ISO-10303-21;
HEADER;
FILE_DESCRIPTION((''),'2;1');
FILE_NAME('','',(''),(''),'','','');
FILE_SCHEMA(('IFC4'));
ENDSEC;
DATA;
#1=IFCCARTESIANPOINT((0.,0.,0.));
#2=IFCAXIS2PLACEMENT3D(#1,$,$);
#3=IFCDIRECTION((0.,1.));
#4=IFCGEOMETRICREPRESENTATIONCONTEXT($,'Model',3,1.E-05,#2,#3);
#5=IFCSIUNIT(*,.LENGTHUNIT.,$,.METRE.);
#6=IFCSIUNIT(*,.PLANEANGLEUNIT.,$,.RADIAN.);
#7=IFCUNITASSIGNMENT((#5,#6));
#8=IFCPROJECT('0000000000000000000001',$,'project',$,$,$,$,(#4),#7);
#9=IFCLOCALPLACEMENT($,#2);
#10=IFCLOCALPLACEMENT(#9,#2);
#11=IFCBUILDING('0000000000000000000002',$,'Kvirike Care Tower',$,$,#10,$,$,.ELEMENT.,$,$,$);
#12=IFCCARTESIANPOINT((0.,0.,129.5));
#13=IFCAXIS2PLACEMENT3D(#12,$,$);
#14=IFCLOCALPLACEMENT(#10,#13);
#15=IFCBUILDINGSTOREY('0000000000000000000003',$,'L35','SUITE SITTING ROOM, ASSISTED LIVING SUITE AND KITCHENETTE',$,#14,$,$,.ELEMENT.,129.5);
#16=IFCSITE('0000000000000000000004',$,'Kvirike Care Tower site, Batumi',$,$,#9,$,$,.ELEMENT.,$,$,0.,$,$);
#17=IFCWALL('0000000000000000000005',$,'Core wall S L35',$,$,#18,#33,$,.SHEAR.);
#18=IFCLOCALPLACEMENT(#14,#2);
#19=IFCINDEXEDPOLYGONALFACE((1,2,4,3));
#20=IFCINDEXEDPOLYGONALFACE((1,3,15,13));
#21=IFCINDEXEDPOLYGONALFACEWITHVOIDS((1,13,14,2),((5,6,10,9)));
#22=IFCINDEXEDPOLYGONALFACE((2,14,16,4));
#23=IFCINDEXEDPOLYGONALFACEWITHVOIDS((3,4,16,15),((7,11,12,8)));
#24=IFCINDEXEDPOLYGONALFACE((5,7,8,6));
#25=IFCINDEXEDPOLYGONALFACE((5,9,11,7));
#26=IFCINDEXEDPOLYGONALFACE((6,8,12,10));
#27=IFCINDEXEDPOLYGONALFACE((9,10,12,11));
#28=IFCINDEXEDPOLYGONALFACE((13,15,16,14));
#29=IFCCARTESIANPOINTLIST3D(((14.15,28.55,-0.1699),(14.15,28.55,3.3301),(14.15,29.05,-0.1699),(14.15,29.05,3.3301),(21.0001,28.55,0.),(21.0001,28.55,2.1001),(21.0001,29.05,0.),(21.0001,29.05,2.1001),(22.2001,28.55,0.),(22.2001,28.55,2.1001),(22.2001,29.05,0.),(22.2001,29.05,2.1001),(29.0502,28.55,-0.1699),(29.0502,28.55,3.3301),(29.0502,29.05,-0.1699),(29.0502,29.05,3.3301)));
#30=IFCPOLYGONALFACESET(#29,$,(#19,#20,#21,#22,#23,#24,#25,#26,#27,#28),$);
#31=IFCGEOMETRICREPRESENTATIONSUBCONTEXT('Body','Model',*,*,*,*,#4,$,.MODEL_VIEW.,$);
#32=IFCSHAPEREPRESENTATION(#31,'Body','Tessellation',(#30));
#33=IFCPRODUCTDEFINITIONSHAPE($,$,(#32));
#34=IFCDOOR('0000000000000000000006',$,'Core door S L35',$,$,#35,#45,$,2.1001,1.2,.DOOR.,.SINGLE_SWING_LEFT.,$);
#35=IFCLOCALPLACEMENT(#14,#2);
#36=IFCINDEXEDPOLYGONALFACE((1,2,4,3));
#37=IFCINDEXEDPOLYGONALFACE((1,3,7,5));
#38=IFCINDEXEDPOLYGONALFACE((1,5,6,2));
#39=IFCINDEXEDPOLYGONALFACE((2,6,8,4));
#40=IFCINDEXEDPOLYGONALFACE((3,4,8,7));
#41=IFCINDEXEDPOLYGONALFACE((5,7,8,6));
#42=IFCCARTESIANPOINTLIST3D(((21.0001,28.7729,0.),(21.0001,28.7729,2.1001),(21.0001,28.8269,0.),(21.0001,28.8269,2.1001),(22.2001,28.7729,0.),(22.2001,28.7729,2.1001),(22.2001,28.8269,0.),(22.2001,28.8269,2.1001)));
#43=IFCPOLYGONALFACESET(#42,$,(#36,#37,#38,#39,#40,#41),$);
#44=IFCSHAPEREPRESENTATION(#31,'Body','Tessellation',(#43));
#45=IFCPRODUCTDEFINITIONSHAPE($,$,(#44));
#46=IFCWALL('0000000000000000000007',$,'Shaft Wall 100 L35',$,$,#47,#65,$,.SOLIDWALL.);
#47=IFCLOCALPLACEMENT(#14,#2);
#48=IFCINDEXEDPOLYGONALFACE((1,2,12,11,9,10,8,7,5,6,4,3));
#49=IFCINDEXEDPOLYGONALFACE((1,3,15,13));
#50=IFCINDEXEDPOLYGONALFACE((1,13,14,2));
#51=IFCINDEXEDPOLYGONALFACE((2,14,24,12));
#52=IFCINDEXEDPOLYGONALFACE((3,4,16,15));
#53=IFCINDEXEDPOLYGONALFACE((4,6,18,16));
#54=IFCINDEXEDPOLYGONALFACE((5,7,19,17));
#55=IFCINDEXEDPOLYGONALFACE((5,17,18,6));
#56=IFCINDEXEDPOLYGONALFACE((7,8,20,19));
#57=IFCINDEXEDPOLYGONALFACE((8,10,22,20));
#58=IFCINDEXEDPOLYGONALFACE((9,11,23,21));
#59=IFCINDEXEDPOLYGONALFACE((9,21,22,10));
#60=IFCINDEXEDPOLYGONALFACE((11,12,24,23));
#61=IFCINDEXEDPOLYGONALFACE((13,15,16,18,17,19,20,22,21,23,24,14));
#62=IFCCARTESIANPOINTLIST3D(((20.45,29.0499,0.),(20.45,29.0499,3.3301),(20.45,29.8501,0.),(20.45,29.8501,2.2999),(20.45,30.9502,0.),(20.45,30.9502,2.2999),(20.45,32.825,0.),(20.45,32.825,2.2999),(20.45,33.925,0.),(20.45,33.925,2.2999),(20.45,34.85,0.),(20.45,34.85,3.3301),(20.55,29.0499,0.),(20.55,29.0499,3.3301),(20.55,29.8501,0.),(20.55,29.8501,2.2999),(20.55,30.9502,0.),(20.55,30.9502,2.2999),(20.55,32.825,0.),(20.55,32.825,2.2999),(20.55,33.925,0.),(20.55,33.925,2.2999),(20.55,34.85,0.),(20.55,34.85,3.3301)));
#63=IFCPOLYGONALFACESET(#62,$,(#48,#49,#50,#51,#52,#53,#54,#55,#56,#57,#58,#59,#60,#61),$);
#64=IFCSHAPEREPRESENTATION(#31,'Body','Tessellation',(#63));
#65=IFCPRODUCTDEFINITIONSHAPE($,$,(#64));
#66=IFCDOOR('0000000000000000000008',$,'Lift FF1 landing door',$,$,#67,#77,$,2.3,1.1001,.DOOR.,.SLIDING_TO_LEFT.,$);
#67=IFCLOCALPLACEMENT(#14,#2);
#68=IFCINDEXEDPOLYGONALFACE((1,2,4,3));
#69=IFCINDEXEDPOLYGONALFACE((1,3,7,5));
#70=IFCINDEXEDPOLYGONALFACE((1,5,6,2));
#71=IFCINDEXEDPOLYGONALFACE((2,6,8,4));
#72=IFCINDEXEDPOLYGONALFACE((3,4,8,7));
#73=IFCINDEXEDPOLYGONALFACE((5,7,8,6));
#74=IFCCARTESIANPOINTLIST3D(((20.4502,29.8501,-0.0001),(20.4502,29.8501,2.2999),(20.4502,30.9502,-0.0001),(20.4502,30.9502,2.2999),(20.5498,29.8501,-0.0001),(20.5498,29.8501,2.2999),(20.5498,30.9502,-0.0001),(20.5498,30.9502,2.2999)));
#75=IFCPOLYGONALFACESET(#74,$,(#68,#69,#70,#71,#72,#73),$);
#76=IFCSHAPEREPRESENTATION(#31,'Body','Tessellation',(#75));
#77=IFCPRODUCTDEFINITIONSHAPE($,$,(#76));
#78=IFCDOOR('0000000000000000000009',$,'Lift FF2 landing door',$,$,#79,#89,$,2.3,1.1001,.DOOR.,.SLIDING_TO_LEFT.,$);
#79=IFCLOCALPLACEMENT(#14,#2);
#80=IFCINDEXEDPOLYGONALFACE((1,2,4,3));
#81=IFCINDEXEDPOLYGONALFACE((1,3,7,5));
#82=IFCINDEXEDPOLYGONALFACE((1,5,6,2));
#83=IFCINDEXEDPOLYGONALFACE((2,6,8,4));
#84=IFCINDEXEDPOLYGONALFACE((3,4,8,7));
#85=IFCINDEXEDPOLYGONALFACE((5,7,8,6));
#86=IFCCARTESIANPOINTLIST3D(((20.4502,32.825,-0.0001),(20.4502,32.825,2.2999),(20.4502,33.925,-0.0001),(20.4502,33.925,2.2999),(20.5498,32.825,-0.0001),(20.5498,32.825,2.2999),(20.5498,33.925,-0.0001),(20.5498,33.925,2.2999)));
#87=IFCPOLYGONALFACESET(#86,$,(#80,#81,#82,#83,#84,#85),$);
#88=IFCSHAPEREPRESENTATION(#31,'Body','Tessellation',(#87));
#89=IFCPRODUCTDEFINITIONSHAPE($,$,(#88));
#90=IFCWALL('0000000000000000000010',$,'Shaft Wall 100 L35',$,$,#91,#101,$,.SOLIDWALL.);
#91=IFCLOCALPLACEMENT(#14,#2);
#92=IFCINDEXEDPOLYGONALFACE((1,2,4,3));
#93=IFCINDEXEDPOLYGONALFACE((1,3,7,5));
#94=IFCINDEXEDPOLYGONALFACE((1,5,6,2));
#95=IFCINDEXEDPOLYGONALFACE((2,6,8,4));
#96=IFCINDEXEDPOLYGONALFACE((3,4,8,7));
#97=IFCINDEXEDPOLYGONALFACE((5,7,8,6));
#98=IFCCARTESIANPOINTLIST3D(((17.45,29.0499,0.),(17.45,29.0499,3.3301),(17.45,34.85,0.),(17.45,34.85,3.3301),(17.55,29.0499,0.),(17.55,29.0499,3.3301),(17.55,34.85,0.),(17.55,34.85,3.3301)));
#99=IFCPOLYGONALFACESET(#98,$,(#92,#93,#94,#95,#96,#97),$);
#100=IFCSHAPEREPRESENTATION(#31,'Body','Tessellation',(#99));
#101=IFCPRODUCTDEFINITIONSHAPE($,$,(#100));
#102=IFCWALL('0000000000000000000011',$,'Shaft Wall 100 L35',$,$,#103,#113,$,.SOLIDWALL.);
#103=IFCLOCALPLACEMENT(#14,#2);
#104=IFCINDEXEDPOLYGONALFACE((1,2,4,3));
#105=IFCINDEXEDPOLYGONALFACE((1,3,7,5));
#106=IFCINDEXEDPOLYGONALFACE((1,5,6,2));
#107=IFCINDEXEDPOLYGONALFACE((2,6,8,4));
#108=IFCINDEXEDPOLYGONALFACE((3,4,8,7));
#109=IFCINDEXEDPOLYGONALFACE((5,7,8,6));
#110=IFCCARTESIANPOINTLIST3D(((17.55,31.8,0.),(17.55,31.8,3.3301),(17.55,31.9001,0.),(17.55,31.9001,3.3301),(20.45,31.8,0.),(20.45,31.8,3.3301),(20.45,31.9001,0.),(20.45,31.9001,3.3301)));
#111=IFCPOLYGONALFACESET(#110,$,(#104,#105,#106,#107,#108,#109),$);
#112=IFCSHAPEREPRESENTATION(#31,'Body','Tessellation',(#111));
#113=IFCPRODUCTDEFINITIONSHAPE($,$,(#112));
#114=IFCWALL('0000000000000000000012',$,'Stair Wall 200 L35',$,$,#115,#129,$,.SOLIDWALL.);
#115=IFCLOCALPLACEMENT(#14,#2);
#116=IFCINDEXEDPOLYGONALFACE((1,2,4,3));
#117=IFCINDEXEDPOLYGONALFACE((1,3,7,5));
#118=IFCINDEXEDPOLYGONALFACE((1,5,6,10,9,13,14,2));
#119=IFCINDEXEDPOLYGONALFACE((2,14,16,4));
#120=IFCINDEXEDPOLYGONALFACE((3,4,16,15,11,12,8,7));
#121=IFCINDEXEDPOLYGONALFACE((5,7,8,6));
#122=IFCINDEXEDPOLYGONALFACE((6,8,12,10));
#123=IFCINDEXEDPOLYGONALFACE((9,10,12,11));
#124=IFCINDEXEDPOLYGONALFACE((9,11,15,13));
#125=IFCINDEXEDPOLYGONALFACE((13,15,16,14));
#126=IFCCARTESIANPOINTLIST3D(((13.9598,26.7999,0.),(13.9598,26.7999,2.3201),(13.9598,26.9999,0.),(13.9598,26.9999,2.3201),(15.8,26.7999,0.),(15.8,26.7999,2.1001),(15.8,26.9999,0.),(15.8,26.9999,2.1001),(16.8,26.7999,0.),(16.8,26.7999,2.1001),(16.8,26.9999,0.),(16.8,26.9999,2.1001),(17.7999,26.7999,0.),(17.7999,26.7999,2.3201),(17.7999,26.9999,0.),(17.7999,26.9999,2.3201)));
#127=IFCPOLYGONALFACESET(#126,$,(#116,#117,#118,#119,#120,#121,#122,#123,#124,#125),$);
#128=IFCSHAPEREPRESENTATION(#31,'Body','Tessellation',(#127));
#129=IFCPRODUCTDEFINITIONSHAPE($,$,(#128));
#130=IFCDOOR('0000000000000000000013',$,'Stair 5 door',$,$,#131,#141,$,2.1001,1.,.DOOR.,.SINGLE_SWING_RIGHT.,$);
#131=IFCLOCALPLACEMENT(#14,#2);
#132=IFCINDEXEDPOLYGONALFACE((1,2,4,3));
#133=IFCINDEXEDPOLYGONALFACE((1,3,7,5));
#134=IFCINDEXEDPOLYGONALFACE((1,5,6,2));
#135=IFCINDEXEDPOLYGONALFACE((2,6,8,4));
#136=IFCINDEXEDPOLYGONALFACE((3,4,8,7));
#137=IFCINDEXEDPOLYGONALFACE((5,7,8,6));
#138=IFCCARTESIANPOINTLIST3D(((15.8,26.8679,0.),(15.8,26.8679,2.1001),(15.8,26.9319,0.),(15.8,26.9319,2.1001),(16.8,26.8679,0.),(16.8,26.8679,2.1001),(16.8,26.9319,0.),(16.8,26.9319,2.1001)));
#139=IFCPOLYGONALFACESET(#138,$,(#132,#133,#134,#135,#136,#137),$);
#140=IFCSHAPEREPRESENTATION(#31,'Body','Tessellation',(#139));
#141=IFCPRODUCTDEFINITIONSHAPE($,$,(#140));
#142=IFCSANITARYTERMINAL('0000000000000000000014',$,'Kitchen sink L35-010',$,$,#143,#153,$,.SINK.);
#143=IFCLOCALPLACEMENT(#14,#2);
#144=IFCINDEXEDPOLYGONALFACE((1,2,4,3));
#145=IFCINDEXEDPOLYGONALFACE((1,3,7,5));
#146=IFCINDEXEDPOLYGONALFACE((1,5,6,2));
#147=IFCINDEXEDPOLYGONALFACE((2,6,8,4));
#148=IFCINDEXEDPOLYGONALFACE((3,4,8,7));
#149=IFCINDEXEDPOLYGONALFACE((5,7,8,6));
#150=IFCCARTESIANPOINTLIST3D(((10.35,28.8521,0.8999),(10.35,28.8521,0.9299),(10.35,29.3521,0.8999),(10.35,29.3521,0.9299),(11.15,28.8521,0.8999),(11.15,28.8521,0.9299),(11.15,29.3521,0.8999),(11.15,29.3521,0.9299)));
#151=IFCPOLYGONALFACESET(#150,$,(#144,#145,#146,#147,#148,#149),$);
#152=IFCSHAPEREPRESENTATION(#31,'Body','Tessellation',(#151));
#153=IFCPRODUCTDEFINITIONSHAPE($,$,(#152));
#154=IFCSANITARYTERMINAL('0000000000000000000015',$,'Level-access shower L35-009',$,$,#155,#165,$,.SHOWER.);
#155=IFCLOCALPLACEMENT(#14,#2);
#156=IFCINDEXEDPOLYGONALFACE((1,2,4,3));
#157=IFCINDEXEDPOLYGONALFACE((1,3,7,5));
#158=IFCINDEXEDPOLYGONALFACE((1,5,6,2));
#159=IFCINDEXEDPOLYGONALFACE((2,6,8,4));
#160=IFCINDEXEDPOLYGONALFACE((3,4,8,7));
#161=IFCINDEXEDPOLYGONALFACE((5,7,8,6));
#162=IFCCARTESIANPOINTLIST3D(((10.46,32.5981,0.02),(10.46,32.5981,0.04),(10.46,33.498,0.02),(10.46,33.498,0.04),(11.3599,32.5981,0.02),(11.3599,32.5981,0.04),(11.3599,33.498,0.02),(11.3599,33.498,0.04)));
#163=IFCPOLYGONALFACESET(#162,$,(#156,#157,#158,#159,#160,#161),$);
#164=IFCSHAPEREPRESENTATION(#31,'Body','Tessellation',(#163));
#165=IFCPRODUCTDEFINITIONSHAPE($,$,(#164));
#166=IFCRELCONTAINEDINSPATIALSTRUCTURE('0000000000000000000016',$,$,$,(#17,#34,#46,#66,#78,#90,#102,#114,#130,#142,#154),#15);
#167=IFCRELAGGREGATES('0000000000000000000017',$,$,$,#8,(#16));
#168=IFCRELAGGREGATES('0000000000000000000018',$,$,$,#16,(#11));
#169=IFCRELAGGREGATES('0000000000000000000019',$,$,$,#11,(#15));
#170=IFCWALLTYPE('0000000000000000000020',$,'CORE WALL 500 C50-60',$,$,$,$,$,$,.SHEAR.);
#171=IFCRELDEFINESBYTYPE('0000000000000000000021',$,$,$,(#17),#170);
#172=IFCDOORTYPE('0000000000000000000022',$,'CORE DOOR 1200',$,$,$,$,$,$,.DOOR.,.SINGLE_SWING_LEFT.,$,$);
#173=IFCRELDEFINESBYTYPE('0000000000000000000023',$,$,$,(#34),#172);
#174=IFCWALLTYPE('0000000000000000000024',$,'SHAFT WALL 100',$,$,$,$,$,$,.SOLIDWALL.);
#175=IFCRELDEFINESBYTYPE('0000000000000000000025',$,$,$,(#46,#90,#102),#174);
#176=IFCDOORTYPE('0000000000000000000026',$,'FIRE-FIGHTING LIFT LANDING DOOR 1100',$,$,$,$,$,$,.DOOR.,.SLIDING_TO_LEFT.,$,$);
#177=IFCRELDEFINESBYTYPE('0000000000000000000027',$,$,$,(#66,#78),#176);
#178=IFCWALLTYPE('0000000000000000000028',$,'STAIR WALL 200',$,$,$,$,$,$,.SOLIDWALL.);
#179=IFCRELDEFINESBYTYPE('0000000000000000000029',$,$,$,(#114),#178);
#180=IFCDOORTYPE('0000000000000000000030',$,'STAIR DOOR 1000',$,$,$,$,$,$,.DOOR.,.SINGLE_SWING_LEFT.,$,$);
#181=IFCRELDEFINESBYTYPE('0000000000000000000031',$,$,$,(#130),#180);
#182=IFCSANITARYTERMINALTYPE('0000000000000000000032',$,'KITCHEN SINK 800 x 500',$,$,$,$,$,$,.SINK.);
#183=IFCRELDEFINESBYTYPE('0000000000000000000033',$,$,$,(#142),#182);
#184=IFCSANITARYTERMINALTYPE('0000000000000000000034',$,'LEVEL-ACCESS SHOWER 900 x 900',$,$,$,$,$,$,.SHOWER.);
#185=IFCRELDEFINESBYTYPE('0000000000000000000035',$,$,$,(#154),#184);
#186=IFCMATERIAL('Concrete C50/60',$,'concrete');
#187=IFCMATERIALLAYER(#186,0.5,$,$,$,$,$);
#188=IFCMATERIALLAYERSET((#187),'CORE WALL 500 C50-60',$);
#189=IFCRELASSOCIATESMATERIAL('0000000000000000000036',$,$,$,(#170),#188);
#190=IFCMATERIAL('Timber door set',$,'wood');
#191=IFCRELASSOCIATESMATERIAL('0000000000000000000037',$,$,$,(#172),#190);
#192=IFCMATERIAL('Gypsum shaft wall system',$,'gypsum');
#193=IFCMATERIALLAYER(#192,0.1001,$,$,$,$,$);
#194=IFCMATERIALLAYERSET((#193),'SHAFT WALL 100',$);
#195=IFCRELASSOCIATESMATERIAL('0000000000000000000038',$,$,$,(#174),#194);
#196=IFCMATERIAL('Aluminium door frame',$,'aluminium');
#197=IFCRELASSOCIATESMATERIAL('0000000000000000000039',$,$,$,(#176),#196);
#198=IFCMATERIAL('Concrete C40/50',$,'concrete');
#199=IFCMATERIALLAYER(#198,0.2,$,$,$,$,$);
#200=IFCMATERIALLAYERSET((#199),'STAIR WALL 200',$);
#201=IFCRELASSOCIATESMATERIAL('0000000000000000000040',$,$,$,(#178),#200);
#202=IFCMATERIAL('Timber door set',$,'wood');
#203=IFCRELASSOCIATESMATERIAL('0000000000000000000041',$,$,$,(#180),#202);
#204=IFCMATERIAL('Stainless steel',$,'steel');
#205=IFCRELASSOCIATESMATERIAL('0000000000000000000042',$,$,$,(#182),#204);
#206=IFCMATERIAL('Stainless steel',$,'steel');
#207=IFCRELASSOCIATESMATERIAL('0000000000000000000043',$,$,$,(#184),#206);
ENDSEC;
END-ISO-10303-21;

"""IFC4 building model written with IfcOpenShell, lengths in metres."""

from ifc_helpers import new_model, si_unit, direction, frame, frame_2d, origin, origin_2d, place, context, subcontext, project, spatial, rectangle, extrude, material, layer, layer_set, type_object, element, fill, save


model = new_model("IFC4")

# Units and contexts
model_context = context("Model", 3, precision=1e-05, world=origin(), true_north=direction((0.0, 1.0)))
body_context = subcontext(model_context, "Body", "Model", "MODEL_VIEW")
ifc_project = project(units=[si_unit("LENGTHUNIT", "METRE"), si_unit("PLANEANGLEUNIT", "RADIAN")], contexts=[model_context])

# Site, building, storey
site_placement = place(None, origin())
site = spatial("IfcSite", under=ifc_project, at=site_placement, Name="Kvirike Care Tower site, Batumi", CompositionType="ELEMENT", RefElevation=0.0)
building_placement = place(site_placement, origin())
building = spatial("IfcBuilding", under=site, at=building_placement, Name="Kvirike Care Tower", CompositionType="ELEMENT")
storey_placement = place(building_placement, frame((0.0, 0.0, 129.5)))
storey = spatial("IfcBuildingStorey", under=building, at=storey_placement, Name="L35", Description="SUITE SITTING ROOM, ASSISTED LIVING SUITE AND KITCHENETTE", CompositionType="ELEMENT", Elevation=129.5)

# Wall, opening, door
ifc_material_1 = material(Name="Concrete C50/60", Category="concrete")
ifc_layer_1 = layer(ifc_material_1, 0.5)
ifc_layer_set_1 = layer_set([ifc_layer_1], Name="CORE WALL 500 C50-60")
wall_type_1 = type_object("IfcWallType", Name="CORE WALL 500 C50-60", PredefinedType="SHEAR", material=ifc_layer_set_1)
wall_1_placement = place(storey_placement, frame((14.1499, 28.8, -0.1699), z_axis=(0.0, 0.0, 1.0), x_axis=(1.0, 0.0, 0.0)))
wall_1 = element("IfcWall", 1, at=wall_1_placement, inside=storey, type_object=wall_type_1, Name="Core wall S L35", PredefinedType="SHEAR", context=body_context, shape_type="SweptSolid", body=[
    extrude(rectangle(XDim=14.9001, YDim=0.5, at=frame_2d((7.4502, 0.0))), origin(), (0.0, 0.0, 1.0), 3.5),
])
opening_1_placement = place(wall_1_placement, frame((6.8501, 0.0, 0.1699)))
opening_1 = element("IfcOpeningElement", 2, at=opening_1_placement, cuts=wall_1, PredefinedType="OPENING", context=body_context, shape_type="SweptSolid", body=[
    extrude(rectangle(XDim=1.2, YDim=2.1001, at=frame_2d((0.6001, 1.05))), frame((0.0, 0.2605, 0.0), z_axis=(0.0, -1.0, 0.0), x_axis=(1.0, 0.0, 0.0)), (0.0, 0.0, 1.0), 0.521),
])
ifc_material_2 = material(Name="Timber door set", Category="wood")
door_type_1 = type_object("IfcDoorType", Name="CORE DOOR 1200", OperationType="SINGLE_SWING_LEFT", PredefinedType="DOOR", material=ifc_material_2)
door_1_placement = place(opening_1_placement, origin())
door_1 = element("IfcDoor", 3, at=door_1_placement, inside=storey, type_object=door_type_1, Name="Core door S L35", OperationType="SINGLE_SWING_LEFT", OverallHeight=2.1001, OverallWidth=1.2, PredefinedType="DOOR", context=body_context, shape_type="SweptSolid", body=[
    extrude(rectangle(XDim=1.2, YDim=2.1001, at=frame_2d((0.6001, 1.05))), frame((0.0, 0.0269, 0.0), z_axis=(0.0, -1.0, 0.0), x_axis=(1.0, 0.0, 0.0)), (0.0, 0.0, 1.0), 0.054),
])
fill(opening_1, door_1)

# Wall, openings, doors
ifc_material_3 = material(Name="Gypsum shaft wall system", Category="gypsum")
ifc_layer_2 = layer(ifc_material_3, 0.1001)
ifc_layer_set_2 = layer_set([ifc_layer_2], Name="SHAFT WALL 100")
wall_type_2 = type_object("IfcWallType", Name="SHAFT WALL 100", PredefinedType="SOLIDWALL", material=ifc_layer_set_2)
wall_2_placement = place(storey_placement, frame((20.5, 29.05, 0.0), z_axis=(0.0, 0.0, 1.0), x_axis=(0.0, 1.0, 0.0)))
wall_2 = element("IfcWall", 4, at=wall_2_placement, inside=storey, type_object=wall_type_2, Name="Shaft Wall 100 L35", PredefinedType="SOLIDWALL", context=body_context, shape_type="SweptSolid", body=[
    extrude(rectangle(XDim=5.8, YDim=0.1001, at=frame_2d((2.8999, 0.0))), origin(), (0.0, 0.0, 1.0), 3.3301),
])
opening_2_placement = place(wall_2_placement, frame((0.8, 0.0, 0.0)))
opening_2 = element("IfcOpeningElement", 5, at=opening_2_placement, cuts=wall_2, PredefinedType="OPENING", context=body_context, shape_type="SweptSolid", body=[
    extrude(rectangle(XDim=1.1001, YDim=2.3, at=frame_2d((0.55, 1.1499))), frame((0.0, 0.0605, 0.0), z_axis=(0.0, -1.0, 0.0), x_axis=(1.0, 0.0, 0.0)), (0.0, 0.0, 1.0), 0.1211),
])
opening_3_placement = place(wall_2_placement, frame((3.7749, 0.0, 0.0)))
opening_3 = element("IfcOpeningElement", 6, at=opening_3_placement, cuts=wall_2, PredefinedType="OPENING", context=body_context, shape_type="SweptSolid", body=[
    extrude(rectangle(XDim=1.1001, YDim=2.3, at=frame_2d((0.55, 1.1499))), frame((0.0, 0.0605, 0.0), z_axis=(0.0, -1.0, 0.0), x_axis=(1.0, 0.0, 0.0)), (0.0, 0.0, 1.0), 0.1211),
])
ifc_material_4 = material(Name="Aluminium door frame", Category="aluminium")
door_type_2 = type_object("IfcDoorType", Name="FIRE-FIGHTING LIFT LANDING DOOR 1100", OperationType="SLIDING_TO_LEFT", PredefinedType="DOOR", material=ifc_material_4)
door_2_placement = place(opening_2_placement, origin())
door_2 = element("IfcDoor", 7, at=door_2_placement, inside=storey, type_object=door_type_2, Name="Lift FF1 landing door", OperationType="SLIDING_TO_LEFT", OverallHeight=2.3, OverallWidth=1.1001, PredefinedType="DOOR", context=body_context, shape_type="SweptSolid", body=[
    extrude(rectangle(XDim=1.1001, YDim=2.3, at=frame_2d((0.55, 1.1499))), frame((0.0, 0.0498, 0.0), z_axis=(0.0, -1.0, 0.0), x_axis=(1.0, 0.0, 0.0)), (0.0, 0.0, 1.0), 0.0996),
])
fill(opening_2, door_2)
door_3_placement = place(opening_3_placement, origin())
door_3 = element("IfcDoor", 8, at=door_3_placement, inside=storey, type_object=door_type_2, Name="Lift FF2 landing door", OperationType="SLIDING_TO_LEFT", OverallHeight=2.3, OverallWidth=1.1001, PredefinedType="DOOR", context=body_context, shape_type="SweptSolid", body=[
    extrude(rectangle(XDim=1.1001, YDim=2.3, at=frame_2d((0.55, 1.1499))), frame((0.0, 0.0498, 0.0), z_axis=(0.0, -1.0, 0.0), x_axis=(1.0, 0.0, 0.0)), (0.0, 0.0, 1.0), 0.0996),
])
fill(opening_3, door_3)

# Walls
wall_3_placement = place(storey_placement, frame((17.5, 29.05, 0.0), z_axis=(0.0, 0.0, 1.0), x_axis=(0.0, 1.0, 0.0)))
element("IfcWall", 9, at=wall_3_placement, inside=storey, type_object=wall_type_2, Name="Shaft Wall 100 L35", PredefinedType="SOLIDWALL", context=body_context, shape_type="SweptSolid", body=[
    extrude(rectangle(XDim=5.8, YDim=0.1001, at=frame_2d((2.8999, 0.0))), origin(), (0.0, 0.0, 1.0), 3.3301),
])
wall_4_placement = place(storey_placement, frame((17.55, 31.8501, 0.0), z_axis=(0.0, 0.0, 1.0), x_axis=(1.0, 0.0, 0.0)))
element("IfcWall", 10, at=wall_4_placement, inside=storey, type_object=wall_type_2, Name="Shaft Wall 100 L35", PredefinedType="SOLIDWALL", context=body_context, shape_type="SweptSolid", body=[
    extrude(rectangle(XDim=2.8999, YDim=0.1001, at=frame_2d((1.45, 0.0))), origin(), (0.0, 0.0, 1.0), 3.3301),
])

# Wall, opening, door
ifc_material_5 = material(Name="Concrete C40/50", Category="concrete")
ifc_layer_3 = layer(ifc_material_5, 0.2)
ifc_layer_set_3 = layer_set([ifc_layer_3], Name="STAIR WALL 200")
wall_type_3 = type_object("IfcWallType", Name="STAIR WALL 200", PredefinedType="SOLIDWALL", material=ifc_layer_set_3)
wall_5_placement = place(storey_placement, frame((13.96, 26.8999, 0.0), z_axis=(0.0, 0.0, 1.0), x_axis=(1.0, 0.0, 0.0)))
wall_5 = element("IfcWall", 11, at=wall_5_placement, inside=storey, type_object=wall_type_3, Name="Stair Wall 200 L35", PredefinedType="SOLIDWALL", context=body_context, shape_type="SweptSolid", body=[
    extrude(rectangle(XDim=3.8401, YDim=0.2, at=frame_2d((1.9199, 0.0))), origin(), (0.0, 0.0, 1.0), 2.3201),
])
opening_4_placement = place(wall_5_placement, frame((1.8401, 0.0, 0.0)))
opening_4 = element("IfcOpeningElement", 12, at=opening_4_placement, cuts=wall_5, PredefinedType="OPENING", context=body_context, shape_type="SweptSolid", body=[
    extrude(rectangle(XDim=1.0, YDim=2.1001, at=frame_2d((0.5, 1.05))), frame((0.0, 0.1106, 0.0), z_axis=(0.0, -1.0, 0.0), x_axis=(1.0, 0.0, 0.0)), (0.0, 0.0, 1.0), 0.2209),
])
ifc_material_6 = material(Name="Timber door set", Category="wood")
door_type_3 = type_object("IfcDoorType", Name="STAIR DOOR 1000", OperationType="SINGLE_SWING_LEFT", PredefinedType="DOOR", material=ifc_material_6)
door_4_placement = place(opening_4_placement, frame((1.0, 0.0, 0.0), z_axis=(0.0, 0.0, 1.0), x_axis=(-1.0, 0.0, 0.0)))
door_4 = element("IfcDoor", 13, at=door_4_placement, inside=storey, type_object=door_type_3, Name="Stair 5 door", OperationType="SINGLE_SWING_RIGHT", OverallHeight=2.1001, OverallWidth=1.0, PredefinedType="DOOR", context=body_context, shape_type="SweptSolid", body=[
    extrude(rectangle(XDim=1.0, YDim=2.1001, at=frame_2d((0.5, 1.05))), frame((0.0, 0.032, 0.0), z_axis=(0.0, -1.0, 0.0), x_axis=(1.0, 0.0, 0.0)), (0.0, 0.0, 1.0), 0.064),
])
fill(opening_4, door_4)

# Sanitary terminals
ifc_material_7 = material(Name="Stainless steel", Category="steel")
sanitary_terminal_type_1 = type_object("IfcSanitaryTerminalType", Name="KITCHEN SINK 800 x 500", PredefinedType="SINK", material=ifc_material_7)
sanitary_terminal_1_placement = place(storey_placement, frame((10.75, 29.1021, 0.8999), z_axis=(0.0, 0.0, 1.0), x_axis=(-1.0, 0.0, 0.0)))
element("IfcSanitaryTerminal", 14, at=sanitary_terminal_1_placement, inside=storey, type_object=sanitary_terminal_type_1, Name="Kitchen sink L35-010", PredefinedType="SINK", context=body_context, shape_type="SweptSolid", body=[
    extrude(rectangle(XDim=0.8, YDim=0.5, at=origin_2d()), origin(), (0.0, 0.0, 1.0), 0.03),
])
ifc_material_8 = material(Name="Stainless steel", Category="steel")
sanitary_terminal_type_2 = type_object("IfcSanitaryTerminalType", Name="LEVEL-ACCESS SHOWER 900 x 900", PredefinedType="SHOWER", material=ifc_material_8)
sanitary_terminal_2_placement = place(storey_placement, frame((10.9099, 33.0481, 0.02), z_axis=(0.0, 0.0, 1.0), x_axis=(1.0, 0.0, 0.0)))
element("IfcSanitaryTerminal", 15, at=sanitary_terminal_2_placement, inside=storey, type_object=sanitary_terminal_type_2, Name="Level-access shower L35-009", PredefinedType="SHOWER", context=body_context, shape_type="SweptSolid", body=[
    extrude(rectangle(XDim=0.8999, YDim=0.8999, at=origin_2d()), origin(), (0.0, 0.0, 1.0), 0.02),
])

save(model, "model.ifc")
